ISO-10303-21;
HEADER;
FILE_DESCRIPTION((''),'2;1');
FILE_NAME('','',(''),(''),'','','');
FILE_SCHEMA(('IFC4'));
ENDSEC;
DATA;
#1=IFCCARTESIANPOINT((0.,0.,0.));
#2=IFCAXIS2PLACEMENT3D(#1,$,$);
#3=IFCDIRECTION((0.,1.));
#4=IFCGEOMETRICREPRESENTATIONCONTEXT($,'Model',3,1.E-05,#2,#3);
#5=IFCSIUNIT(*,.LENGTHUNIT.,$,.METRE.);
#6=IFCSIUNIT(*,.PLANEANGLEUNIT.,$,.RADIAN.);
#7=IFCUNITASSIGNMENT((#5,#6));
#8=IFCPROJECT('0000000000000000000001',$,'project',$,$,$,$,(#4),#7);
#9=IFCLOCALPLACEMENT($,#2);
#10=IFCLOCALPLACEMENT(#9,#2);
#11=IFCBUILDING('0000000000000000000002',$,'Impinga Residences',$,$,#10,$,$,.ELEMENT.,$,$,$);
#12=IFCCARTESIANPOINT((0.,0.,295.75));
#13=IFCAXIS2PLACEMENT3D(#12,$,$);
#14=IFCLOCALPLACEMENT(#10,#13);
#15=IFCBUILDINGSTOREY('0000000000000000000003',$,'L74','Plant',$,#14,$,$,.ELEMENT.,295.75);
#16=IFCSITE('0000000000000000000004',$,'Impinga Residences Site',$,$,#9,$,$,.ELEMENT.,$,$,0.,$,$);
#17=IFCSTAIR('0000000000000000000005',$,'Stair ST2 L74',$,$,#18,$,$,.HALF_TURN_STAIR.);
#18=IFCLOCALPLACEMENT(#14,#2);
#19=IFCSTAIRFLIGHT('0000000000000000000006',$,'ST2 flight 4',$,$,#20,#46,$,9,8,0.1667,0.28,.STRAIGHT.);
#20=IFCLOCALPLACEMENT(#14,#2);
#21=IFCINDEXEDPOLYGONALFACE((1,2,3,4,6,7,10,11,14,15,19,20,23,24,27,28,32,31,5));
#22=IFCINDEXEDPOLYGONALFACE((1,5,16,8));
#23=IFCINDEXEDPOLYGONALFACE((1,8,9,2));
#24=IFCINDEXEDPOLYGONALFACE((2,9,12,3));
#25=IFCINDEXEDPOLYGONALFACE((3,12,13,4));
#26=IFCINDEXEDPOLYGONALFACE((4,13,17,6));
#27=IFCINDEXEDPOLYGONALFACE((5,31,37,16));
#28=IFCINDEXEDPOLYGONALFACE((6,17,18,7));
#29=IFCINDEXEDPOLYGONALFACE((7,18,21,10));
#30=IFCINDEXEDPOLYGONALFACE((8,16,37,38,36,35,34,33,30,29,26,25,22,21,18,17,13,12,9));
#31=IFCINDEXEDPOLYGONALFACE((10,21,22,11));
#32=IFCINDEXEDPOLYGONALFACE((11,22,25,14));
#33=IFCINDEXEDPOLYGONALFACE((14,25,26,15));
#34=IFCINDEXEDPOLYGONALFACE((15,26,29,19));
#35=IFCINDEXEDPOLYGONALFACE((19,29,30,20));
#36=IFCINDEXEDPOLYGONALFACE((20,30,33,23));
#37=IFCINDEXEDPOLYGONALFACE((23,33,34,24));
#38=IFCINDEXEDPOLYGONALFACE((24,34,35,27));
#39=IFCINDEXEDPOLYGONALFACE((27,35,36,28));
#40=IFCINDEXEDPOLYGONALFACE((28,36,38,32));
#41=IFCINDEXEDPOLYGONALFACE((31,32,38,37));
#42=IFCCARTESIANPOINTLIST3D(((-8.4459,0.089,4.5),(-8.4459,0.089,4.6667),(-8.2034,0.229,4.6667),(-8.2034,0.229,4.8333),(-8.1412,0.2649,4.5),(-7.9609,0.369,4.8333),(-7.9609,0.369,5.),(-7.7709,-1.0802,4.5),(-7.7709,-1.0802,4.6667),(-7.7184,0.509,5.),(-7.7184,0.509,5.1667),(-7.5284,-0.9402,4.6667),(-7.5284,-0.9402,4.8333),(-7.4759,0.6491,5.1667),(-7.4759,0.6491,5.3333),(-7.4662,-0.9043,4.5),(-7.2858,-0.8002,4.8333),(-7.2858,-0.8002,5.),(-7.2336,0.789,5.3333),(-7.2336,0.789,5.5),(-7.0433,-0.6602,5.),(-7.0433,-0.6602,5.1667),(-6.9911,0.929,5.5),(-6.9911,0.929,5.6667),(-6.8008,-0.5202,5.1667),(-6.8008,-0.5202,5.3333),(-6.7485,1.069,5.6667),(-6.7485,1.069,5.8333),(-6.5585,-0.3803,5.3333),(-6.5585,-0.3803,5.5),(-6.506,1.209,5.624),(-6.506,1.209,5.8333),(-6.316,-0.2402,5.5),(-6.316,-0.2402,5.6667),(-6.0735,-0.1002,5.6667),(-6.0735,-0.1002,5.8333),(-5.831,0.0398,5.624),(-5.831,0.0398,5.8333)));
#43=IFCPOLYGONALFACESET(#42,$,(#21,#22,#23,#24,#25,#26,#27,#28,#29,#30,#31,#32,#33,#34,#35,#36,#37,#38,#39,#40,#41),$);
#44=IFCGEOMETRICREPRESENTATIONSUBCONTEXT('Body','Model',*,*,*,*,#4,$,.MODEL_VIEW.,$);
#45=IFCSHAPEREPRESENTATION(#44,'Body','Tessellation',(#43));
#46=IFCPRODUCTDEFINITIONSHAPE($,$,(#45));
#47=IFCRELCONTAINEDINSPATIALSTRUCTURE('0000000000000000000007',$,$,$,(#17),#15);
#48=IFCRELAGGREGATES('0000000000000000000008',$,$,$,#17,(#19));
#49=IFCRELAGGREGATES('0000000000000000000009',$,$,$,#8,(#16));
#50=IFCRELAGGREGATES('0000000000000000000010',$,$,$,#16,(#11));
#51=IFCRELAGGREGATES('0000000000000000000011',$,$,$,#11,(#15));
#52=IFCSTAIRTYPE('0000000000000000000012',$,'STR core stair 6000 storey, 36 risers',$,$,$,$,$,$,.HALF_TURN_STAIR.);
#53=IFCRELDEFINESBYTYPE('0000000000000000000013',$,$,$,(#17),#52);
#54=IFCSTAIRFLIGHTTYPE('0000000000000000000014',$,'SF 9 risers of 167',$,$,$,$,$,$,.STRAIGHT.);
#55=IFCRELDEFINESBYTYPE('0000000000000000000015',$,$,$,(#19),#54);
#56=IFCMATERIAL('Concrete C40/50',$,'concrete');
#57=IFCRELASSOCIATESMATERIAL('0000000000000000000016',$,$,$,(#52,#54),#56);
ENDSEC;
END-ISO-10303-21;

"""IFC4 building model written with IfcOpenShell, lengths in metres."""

from ifc_helpers import new_model, si_unit, direction, frame, origin, place, context, subcontext, project, spatial, polyline, outline, extrude, material, type_object, element, aggregate, save


model = new_model("IFC4")

# Units and contexts
model_context = context("Model", 3, precision=1e-05, world=origin(), true_north=direction((0.0, 1.0)))
body_context = subcontext(model_context, "Body", "Model", "MODEL_VIEW")
ifc_project = project(units=[si_unit("LENGTHUNIT", "METRE"), si_unit("PLANEANGLEUNIT", "RADIAN")], contexts=[model_context])

# Site, building, storey
site_placement = place(None, origin())
site = spatial("IfcSite", under=ifc_project, at=site_placement, Name="Impinga Residences Site", CompositionType="ELEMENT", RefElevation=0.0)
building_placement = place(site_placement, origin())
building = spatial("IfcBuilding", under=site, at=building_placement, Name="Impinga Residences", CompositionType="ELEMENT")
storey_placement = place(building_placement, frame((0.0, 0.0, 295.75)))
storey = spatial("IfcBuildingStorey", under=building, at=storey_placement, Name="L74", Description="Plant", CompositionType="ELEMENT", Elevation=295.75)

# Stair, stair flight
ifc_material_1 = material(Name="Concrete C40/50", Category="concrete")
stair_type = type_object("IfcStairType", Name="STR core stair 6000 storey, 36 risers", PredefinedType="HALF_TURN_STAIR", material=ifc_material_1)
stair_placement = place(storey_placement, origin())
stair = element("IfcStair", 1, at=stair_placement, inside=storey, type_object=stair_type, Name="Stair ST2 L74", PredefinedType="HALF_TURN_STAIR")
stair_flight_type = type_object("IfcStairFlightType", Name="SF 9 risers of 167", PredefinedType="STRAIGHT", material=ifc_material_1)
stair_flight_placement = place(storey_placement, frame((-8.1084, -0.4956, 4.5), z_axis=(0.0, 0.0, 1.0), x_axis=(0.866025, 0.5, 0.0)))
stair_flight = element("IfcStairFlight", 2, at=stair_flight_placement, type_object=stair_flight_type, Name="ST2 flight 4", NumberOfRisers=9, NumberOfTreads=8, PredefinedType="STRAIGHT", RiserHeight=0.1667, TreadLength=0.28, context=body_context, shape_type="SweptSolid", body=[
    extrude(outline(polyline([(0.0, 0.0), (0.0, 0.1667), (0.28, 0.1667), (0.28, 0.3333), (0.5601, 0.3333), (0.5601, 0.5), (0.8401, 0.5), (0.8401, 0.6667), (1.1201, 0.6667), (1.1201, 0.8333), (1.3999, 0.8333), (1.3999, 1.0), (1.6799, 1.0), (1.6799, 1.1667), (1.96, 1.1667), (1.96, 1.3333), (2.24, 1.3333), (2.24, 1.5), (2.24, 1.124), (0.3518, 0.0), (0.0, 0.0)])), frame((0.0, 0.675, 0.0), z_axis=(0.0, -1.0, 0.0), x_axis=(1.0, 0.0, 0.0)), (0.0, 0.0, 1.0), 1.3501),
])
aggregate(stair, [stair_flight])

save(model, "model.ifc")
